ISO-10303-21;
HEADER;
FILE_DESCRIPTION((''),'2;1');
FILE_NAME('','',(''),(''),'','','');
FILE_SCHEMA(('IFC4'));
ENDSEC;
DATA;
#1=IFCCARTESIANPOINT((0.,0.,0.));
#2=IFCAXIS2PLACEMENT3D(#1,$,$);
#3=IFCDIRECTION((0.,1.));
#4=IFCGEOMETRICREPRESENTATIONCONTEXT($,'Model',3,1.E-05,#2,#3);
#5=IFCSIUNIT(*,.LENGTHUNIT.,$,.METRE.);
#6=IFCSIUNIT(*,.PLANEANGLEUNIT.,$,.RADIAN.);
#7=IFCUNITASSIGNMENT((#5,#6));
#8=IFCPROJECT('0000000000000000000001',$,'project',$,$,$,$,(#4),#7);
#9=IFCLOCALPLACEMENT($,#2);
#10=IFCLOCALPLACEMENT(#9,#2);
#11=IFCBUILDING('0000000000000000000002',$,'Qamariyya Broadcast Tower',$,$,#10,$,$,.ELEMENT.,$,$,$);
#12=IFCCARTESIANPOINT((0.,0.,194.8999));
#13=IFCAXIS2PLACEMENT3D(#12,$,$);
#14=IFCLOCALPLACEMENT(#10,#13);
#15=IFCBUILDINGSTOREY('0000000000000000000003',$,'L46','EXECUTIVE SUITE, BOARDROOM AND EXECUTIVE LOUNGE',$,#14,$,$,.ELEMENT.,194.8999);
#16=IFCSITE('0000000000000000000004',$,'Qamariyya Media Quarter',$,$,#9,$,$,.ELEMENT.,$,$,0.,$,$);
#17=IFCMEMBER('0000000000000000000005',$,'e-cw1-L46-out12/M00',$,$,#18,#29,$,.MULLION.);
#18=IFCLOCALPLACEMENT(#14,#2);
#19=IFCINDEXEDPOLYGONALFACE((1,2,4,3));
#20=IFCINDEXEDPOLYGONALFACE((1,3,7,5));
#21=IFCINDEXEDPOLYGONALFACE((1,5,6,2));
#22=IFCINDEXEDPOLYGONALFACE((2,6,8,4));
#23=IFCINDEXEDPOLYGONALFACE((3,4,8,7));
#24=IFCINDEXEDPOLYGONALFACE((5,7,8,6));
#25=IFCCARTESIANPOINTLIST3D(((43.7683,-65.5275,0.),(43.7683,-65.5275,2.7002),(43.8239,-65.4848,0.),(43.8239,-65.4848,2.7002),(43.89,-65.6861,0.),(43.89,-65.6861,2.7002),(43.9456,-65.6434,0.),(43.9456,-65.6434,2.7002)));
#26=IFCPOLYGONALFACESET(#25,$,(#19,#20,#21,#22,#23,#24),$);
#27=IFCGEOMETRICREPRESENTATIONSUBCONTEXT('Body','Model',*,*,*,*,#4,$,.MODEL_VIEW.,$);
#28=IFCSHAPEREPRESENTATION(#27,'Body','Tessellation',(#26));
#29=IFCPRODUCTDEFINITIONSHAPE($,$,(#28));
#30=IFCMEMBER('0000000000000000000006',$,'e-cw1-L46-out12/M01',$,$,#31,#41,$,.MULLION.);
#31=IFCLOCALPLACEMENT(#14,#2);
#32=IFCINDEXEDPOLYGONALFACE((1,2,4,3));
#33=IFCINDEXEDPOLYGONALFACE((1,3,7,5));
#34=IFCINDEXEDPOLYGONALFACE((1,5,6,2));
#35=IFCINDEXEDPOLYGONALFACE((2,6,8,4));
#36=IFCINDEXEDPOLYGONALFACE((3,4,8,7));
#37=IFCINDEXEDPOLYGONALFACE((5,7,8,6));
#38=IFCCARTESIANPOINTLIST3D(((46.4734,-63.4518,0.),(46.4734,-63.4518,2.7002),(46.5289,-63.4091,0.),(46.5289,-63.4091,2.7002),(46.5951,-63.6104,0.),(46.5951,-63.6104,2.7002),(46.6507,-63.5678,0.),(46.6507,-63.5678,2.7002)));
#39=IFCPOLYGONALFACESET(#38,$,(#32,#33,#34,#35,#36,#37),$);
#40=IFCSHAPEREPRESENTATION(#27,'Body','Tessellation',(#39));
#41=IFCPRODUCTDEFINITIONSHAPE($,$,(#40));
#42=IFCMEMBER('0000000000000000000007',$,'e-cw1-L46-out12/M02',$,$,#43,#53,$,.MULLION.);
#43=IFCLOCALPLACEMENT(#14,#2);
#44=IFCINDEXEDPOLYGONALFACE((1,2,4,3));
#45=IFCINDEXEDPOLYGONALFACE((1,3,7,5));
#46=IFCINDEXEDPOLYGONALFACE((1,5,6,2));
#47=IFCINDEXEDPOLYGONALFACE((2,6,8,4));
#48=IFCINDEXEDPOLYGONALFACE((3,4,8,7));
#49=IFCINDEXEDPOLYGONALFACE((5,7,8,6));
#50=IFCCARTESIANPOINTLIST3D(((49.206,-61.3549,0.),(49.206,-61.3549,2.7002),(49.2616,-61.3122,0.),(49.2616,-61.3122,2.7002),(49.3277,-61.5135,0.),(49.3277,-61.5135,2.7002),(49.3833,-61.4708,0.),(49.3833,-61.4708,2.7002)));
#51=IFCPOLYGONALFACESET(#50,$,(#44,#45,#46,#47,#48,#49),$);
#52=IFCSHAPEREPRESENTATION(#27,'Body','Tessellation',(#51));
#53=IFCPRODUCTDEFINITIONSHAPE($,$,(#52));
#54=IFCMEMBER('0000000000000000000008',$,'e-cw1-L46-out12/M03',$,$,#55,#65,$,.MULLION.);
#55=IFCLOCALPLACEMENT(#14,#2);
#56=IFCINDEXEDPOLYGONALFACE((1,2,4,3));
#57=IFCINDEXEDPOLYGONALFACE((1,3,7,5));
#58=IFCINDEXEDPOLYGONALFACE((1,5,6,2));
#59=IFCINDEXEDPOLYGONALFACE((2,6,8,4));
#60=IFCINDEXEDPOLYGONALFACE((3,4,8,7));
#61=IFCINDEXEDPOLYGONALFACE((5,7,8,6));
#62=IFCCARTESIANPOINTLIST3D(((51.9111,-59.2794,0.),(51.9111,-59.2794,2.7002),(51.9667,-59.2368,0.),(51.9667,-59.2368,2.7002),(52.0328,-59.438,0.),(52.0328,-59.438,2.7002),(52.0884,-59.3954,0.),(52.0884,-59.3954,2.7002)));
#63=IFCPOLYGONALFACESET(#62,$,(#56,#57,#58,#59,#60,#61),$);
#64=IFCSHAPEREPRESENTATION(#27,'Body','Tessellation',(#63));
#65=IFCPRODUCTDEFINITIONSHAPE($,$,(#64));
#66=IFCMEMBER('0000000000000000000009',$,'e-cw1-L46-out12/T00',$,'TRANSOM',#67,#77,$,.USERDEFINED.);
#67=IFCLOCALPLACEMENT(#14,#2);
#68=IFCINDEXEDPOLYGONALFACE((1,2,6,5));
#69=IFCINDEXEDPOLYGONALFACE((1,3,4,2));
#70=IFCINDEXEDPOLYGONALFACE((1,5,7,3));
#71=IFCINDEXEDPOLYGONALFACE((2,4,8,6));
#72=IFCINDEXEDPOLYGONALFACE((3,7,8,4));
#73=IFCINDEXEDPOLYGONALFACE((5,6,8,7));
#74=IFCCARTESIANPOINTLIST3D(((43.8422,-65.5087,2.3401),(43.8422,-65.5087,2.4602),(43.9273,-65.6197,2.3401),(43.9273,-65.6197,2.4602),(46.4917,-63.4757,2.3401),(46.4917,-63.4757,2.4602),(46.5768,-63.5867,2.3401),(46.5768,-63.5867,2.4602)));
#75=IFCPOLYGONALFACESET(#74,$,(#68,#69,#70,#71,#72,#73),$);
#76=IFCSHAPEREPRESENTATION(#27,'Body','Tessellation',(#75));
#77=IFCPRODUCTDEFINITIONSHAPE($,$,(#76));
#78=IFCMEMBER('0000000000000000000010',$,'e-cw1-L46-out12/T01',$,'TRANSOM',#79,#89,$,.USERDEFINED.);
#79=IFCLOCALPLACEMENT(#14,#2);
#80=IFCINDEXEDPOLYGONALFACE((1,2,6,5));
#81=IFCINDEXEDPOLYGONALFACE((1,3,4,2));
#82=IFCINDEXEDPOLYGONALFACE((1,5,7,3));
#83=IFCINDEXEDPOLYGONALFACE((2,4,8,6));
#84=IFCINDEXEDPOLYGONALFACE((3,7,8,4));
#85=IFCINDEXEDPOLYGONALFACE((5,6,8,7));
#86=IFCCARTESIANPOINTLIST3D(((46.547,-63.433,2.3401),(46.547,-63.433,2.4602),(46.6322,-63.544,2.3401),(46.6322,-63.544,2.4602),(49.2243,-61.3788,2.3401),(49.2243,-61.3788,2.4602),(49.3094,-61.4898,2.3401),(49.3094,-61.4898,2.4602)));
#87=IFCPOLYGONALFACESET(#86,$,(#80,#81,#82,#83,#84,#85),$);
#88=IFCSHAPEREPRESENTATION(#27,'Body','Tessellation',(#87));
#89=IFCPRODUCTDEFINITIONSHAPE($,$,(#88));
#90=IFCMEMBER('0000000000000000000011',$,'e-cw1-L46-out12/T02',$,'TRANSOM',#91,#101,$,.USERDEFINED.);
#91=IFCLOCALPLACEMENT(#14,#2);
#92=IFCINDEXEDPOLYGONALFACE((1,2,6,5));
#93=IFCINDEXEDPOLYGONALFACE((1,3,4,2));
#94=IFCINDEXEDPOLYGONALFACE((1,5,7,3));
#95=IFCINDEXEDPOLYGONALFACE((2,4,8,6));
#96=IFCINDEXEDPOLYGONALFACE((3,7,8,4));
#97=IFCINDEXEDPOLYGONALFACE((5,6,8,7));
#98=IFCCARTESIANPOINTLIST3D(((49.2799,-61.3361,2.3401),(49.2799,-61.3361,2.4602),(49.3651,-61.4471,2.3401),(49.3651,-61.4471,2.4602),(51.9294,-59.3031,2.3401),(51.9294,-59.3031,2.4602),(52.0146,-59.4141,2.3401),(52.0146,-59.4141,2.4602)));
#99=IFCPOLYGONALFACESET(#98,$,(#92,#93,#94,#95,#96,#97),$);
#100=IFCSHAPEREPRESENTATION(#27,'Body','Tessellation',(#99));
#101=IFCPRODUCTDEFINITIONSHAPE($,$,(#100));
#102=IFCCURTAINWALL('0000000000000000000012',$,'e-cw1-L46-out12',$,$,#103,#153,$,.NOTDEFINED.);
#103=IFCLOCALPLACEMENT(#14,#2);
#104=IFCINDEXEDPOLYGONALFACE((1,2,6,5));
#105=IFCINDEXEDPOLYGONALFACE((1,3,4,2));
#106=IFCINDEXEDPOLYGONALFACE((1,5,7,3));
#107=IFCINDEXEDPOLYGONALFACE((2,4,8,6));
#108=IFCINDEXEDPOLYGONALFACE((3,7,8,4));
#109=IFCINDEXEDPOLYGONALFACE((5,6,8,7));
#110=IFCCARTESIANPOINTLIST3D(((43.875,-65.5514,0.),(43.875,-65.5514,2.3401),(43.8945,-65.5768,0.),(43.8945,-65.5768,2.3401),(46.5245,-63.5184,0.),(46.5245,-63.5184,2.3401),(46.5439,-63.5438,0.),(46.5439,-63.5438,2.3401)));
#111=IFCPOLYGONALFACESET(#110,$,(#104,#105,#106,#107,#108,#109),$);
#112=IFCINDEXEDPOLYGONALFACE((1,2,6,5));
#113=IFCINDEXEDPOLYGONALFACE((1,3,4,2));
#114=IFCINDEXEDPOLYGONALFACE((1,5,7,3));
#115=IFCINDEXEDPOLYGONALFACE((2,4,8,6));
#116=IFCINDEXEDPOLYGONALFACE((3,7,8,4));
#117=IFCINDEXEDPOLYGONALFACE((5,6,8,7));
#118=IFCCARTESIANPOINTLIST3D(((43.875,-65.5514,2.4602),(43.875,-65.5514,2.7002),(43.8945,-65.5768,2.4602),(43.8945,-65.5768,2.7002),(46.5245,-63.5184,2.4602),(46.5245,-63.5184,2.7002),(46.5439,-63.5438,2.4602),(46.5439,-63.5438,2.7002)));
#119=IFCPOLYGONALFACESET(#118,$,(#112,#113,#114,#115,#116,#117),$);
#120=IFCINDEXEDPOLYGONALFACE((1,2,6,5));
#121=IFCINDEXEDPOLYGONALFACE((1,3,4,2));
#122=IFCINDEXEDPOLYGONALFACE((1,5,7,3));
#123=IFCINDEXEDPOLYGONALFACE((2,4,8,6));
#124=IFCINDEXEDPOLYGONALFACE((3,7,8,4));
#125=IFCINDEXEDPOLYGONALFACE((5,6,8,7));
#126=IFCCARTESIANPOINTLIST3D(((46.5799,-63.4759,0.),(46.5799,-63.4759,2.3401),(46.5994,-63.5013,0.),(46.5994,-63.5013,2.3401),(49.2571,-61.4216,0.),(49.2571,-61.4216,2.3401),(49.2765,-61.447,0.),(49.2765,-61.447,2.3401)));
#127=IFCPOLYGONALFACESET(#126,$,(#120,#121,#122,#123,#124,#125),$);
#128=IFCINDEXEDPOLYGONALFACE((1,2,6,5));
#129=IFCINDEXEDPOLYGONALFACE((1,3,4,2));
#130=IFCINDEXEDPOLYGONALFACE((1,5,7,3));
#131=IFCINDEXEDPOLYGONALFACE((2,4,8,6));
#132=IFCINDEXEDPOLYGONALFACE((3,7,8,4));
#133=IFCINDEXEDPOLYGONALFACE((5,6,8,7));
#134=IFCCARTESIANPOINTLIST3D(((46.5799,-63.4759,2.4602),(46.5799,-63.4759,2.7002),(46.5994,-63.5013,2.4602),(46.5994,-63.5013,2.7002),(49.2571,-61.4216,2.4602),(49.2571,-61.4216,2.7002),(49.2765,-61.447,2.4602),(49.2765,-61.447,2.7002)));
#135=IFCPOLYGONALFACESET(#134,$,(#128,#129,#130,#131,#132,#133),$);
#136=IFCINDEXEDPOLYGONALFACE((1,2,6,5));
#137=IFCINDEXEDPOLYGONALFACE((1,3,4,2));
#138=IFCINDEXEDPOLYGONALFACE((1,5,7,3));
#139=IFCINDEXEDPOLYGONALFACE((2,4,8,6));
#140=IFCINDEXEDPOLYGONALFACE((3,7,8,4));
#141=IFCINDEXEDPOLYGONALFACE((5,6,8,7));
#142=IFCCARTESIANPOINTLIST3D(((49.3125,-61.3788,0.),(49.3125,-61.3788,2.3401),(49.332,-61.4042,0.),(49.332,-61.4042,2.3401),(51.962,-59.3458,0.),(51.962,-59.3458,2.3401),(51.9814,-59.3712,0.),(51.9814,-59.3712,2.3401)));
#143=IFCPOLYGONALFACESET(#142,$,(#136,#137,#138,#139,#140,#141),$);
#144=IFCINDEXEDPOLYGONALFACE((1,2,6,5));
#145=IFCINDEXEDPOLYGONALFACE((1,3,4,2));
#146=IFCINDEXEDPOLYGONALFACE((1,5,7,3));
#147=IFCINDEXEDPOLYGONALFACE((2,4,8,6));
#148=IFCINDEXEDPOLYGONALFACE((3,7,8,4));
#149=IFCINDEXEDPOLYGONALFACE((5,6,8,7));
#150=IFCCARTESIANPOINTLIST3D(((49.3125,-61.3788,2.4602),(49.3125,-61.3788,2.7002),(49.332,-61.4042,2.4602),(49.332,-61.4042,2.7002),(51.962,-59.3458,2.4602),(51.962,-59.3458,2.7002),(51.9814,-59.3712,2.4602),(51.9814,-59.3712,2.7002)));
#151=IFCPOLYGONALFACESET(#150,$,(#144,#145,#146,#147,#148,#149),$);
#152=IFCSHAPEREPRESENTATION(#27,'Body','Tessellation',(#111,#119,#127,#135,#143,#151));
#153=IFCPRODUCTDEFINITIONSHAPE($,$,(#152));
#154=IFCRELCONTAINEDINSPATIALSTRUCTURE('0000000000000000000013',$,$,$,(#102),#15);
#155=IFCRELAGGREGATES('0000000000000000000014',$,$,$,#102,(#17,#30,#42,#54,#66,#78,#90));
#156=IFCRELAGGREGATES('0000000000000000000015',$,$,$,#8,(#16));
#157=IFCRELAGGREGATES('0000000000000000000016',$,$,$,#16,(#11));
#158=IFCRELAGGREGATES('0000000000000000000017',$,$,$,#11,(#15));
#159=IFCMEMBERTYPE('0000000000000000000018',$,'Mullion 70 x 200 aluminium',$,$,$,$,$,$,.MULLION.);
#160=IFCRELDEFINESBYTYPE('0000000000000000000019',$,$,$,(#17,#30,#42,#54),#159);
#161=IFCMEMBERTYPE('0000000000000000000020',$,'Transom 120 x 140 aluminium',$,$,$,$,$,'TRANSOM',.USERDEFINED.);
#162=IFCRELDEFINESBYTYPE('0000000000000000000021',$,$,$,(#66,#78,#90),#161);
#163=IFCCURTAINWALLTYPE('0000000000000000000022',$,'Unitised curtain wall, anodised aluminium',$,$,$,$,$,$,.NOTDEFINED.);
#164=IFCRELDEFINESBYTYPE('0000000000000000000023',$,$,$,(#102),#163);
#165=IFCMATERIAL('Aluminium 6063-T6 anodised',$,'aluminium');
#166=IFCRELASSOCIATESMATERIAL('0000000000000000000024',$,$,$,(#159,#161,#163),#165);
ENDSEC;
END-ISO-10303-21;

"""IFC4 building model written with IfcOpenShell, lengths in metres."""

from ifc_helpers import new_model, si_unit, direction, frame, origin, origin_2d, place, context, subcontext, project, spatial, rectangle, extrude, material, material_profile, profile_set, type_object, element, aggregate, save


model = new_model("IFC4")

# Units and contexts
model_context = context("Model", 3, precision=1e-05, world=origin(), true_north=direction((0.0, 1.0)))
body_context = subcontext(model_context, "Body", "Model", "MODEL_VIEW")
ifc_project = project(units=[si_unit("LENGTHUNIT", "METRE"), si_unit("PLANEANGLEUNIT", "RADIAN")], contexts=[model_context])

# Members
ifc_material = material(Name="Aluminium 6063-T6 anodised", Category="aluminium")
ifc_material_profile_1 = material_profile(ifc_material, rectangle(XDim=0.2, YDim=0.0701, at=origin_2d()))
ifc_profile_set_1 = profile_set([ifc_material_profile_1], Name="Aluminium 6063-T6 anodised")
member_type_1 = type_object("IfcMemberType", Name="Mullion 70 x 200 aluminium", PredefinedType="MULLION", material=ifc_profile_set_1)
site_placement = place(None, origin())
building_placement = place(site_placement, origin())
storey_placement = place(building_placement, frame((0.0, 0.0, 194.8999)))
member_1_placement = place(storey_placement, frame((43.8569, -65.5854, 0.0), z_axis=(0.0, 0.0, 1.0), x_axis=(-0.608761, 0.793353, 0.0)))
member_1 = element("IfcMember", 1, at=member_1_placement, type_object=member_type_1, Name="e-cw1-L46-out12/M00", PredefinedType="MULLION", context=body_context, shape_type="SweptSolid", body=[
    extrude(rectangle(XDim=0.2, YDim=0.0701, at=origin_2d()), origin(), (0.0, 0.0, 1.0), 2.7002),
])
member_2_placement = place(storey_placement, frame((46.562, -63.5098, 0.0), z_axis=(0.0, 0.0, 1.0), x_axis=(-0.608761, 0.793353, 0.0)))
member_2 = element("IfcMember", 2, at=member_2_placement, type_object=member_type_1, Name="e-cw1-L46-out12/M01", PredefinedType="MULLION", context=body_context, shape_type="SweptSolid", body=[
    extrude(rectangle(XDim=0.2, YDim=0.0701, at=origin_2d()), origin(), (0.0, 0.0, 1.0), 2.7002),
])
member_3_placement = place(storey_placement, frame((49.2947, -61.4128, 0.0), z_axis=(0.0, 0.0, 1.0), x_axis=(-0.608761, 0.793353, 0.0)))
member_3 = element("IfcMember", 3, at=member_3_placement, type_object=member_type_1, Name="e-cw1-L46-out12/M02", PredefinedType="MULLION", context=body_context, shape_type="SweptSolid", body=[
    extrude(rectangle(XDim=0.2, YDim=0.0701, at=origin_2d()), origin(), (0.0, 0.0, 1.0), 2.7002),
])
member_4_placement = place(storey_placement, frame((51.9998, -59.3374, 0.0), z_axis=(0.0, 0.0, 1.0), x_axis=(-0.608761, 0.793353, 0.0)))
member_4 = element("IfcMember", 4, at=member_4_placement, type_object=member_type_1, Name="e-cw1-L46-out12/M03", PredefinedType="MULLION", context=body_context, shape_type="SweptSolid", body=[
    extrude(rectangle(XDim=0.2, YDim=0.0701, at=origin_2d()), origin(), (0.0, 0.0, 1.0), 2.7002),
])
ifc_material_profile_2 = material_profile(ifc_material, rectangle(XDim=0.1399, YDim=0.1201, at=origin_2d()))
ifc_profile_set_2 = profile_set([ifc_material_profile_2], Name="Aluminium 6063-T6 anodised")
member_type_2 = type_object("IfcMemberType", Name="Transom 120 x 140 aluminium", ElementType="TRANSOM", PredefinedType="USERDEFINED", material=ifc_profile_set_2)
member_5_placement = place(storey_placement, frame((43.8848, -65.5642, 2.4001), z_axis=(0.793354, 0.60876, 0.0), x_axis=(-0.60876, 0.793354, 0.0)))
member_5 = element("IfcMember", 5, at=member_5_placement, type_object=member_type_2, Name="e-cw1-L46-out12/T00", ObjectType="TRANSOM", PredefinedType="USERDEFINED", context=body_context, shape_type="SweptSolid", body=[
    extrude(rectangle(XDim=0.1399, YDim=0.1201, at=origin_2d()), origin(), (0.0, 0.0, 1.0), 3.3396),
])
member_6_placement = place(storey_placement, frame((46.5896, -63.4885, 2.4001), z_axis=(0.793371, 0.608738, 0.0), x_axis=(-0.608738, 0.793371, 0.0)))
member_6 = element("IfcMember", 6, at=member_6_placement, type_object=member_type_2, Name="e-cw1-L46-out12/T01", ObjectType="TRANSOM", PredefinedType="USERDEFINED", context=body_context, shape_type="SweptSolid", body=[
    extrude(rectangle(XDim=0.1399, YDim=0.1201, at=origin_2d()), origin(), (0.0, 0.0, 1.0), 3.3745),
])
member_7_placement = place(storey_placement, frame((49.3225, -61.3916, 2.4001), z_axis=(0.793354, 0.60876, 0.0), x_axis=(-0.60876, 0.793354, 0.0)))
member_7 = element("IfcMember", 7, at=member_7_placement, type_object=member_type_2, Name="e-cw1-L46-out12/T02", ObjectType="TRANSOM", PredefinedType="USERDEFINED", context=body_context, shape_type="SweptSolid", body=[
    extrude(rectangle(XDim=0.1399, YDim=0.1201, at=origin_2d()), origin(), (0.0, 0.0, 1.0), 3.3396),
])

# Site, building, storey
site = spatial("IfcSite", under=ifc_project, at=site_placement, Name="Qamariyya Media Quarter", CompositionType="ELEMENT", RefElevation=0.0)
building = spatial("IfcBuilding", under=site, at=building_placement, Name="Qamariyya Broadcast Tower", CompositionType="ELEMENT")
storey = spatial("IfcBuildingStorey", under=building, at=storey_placement, Name="L46", Description="EXECUTIVE SUITE, BOARDROOM AND EXECUTIVE LOUNGE", CompositionType="ELEMENT", Elevation=194.8999)

# Curtain wall
curtain_wall_type = type_object("IfcCurtainWallType", Name="Unitised curtain wall, anodised aluminium", PredefinedType="NOTDEFINED", material=ifc_material)
curtain_wall_1_placement = place(storey_placement, origin())
curtain_wall_1 = element("IfcCurtainWall", 8, at=curtain_wall_1_placement, inside=storey, type_object=curtain_wall_type, Name="e-cw1-L46-out12", PredefinedType="NOTDEFINED", context=body_context, shape_type="SweptSolid", body=[
    extrude(rectangle(XDim=3.3396, YDim=0.032, at=origin_2d()), frame((45.2095, -64.5476, 0.0), x_axis=(0.793352, 0.608764, 0.0)), (0.0, 0.0, 1.0), 2.3401),
    extrude(rectangle(XDim=3.3396, YDim=0.032, at=origin_2d()), frame((45.2095, -64.5476, 2.4602), x_axis=(0.793352, 0.608764, 0.0)), (0.0, 0.0, 1.0), 0.24),
    extrude(rectangle(XDim=3.3745, YDim=0.032, at=origin_2d()), frame((47.9282, -62.4614, 0.0), x_axis=(0.793352, 0.608764, 0.0)), (0.0, 0.0, 1.0), 2.3401),
    extrude(rectangle(XDim=3.3745, YDim=0.032, at=origin_2d()), frame((47.9282, -62.4614, 2.4602), x_axis=(0.793352, 0.608764, 0.0)), (0.0, 0.0, 1.0), 0.24),
    extrude(rectangle(XDim=3.3396, YDim=0.032, at=origin_2d()), frame((50.647, -60.375, 0.0), x_axis=(0.793352, 0.608764, 0.0)), (0.0, 0.0, 1.0), 2.3401),
    extrude(rectangle(XDim=3.3396, YDim=0.032, at=origin_2d()), frame((50.647, -60.375, 2.4602), x_axis=(0.793352, 0.608764, 0.0)), (0.0, 0.0, 1.0), 0.24),
])
aggregate(curtain_wall_1, [member_1, member_2, member_3, member_4, member_5, member_6, member_7])

save(model, "model.ifc")
